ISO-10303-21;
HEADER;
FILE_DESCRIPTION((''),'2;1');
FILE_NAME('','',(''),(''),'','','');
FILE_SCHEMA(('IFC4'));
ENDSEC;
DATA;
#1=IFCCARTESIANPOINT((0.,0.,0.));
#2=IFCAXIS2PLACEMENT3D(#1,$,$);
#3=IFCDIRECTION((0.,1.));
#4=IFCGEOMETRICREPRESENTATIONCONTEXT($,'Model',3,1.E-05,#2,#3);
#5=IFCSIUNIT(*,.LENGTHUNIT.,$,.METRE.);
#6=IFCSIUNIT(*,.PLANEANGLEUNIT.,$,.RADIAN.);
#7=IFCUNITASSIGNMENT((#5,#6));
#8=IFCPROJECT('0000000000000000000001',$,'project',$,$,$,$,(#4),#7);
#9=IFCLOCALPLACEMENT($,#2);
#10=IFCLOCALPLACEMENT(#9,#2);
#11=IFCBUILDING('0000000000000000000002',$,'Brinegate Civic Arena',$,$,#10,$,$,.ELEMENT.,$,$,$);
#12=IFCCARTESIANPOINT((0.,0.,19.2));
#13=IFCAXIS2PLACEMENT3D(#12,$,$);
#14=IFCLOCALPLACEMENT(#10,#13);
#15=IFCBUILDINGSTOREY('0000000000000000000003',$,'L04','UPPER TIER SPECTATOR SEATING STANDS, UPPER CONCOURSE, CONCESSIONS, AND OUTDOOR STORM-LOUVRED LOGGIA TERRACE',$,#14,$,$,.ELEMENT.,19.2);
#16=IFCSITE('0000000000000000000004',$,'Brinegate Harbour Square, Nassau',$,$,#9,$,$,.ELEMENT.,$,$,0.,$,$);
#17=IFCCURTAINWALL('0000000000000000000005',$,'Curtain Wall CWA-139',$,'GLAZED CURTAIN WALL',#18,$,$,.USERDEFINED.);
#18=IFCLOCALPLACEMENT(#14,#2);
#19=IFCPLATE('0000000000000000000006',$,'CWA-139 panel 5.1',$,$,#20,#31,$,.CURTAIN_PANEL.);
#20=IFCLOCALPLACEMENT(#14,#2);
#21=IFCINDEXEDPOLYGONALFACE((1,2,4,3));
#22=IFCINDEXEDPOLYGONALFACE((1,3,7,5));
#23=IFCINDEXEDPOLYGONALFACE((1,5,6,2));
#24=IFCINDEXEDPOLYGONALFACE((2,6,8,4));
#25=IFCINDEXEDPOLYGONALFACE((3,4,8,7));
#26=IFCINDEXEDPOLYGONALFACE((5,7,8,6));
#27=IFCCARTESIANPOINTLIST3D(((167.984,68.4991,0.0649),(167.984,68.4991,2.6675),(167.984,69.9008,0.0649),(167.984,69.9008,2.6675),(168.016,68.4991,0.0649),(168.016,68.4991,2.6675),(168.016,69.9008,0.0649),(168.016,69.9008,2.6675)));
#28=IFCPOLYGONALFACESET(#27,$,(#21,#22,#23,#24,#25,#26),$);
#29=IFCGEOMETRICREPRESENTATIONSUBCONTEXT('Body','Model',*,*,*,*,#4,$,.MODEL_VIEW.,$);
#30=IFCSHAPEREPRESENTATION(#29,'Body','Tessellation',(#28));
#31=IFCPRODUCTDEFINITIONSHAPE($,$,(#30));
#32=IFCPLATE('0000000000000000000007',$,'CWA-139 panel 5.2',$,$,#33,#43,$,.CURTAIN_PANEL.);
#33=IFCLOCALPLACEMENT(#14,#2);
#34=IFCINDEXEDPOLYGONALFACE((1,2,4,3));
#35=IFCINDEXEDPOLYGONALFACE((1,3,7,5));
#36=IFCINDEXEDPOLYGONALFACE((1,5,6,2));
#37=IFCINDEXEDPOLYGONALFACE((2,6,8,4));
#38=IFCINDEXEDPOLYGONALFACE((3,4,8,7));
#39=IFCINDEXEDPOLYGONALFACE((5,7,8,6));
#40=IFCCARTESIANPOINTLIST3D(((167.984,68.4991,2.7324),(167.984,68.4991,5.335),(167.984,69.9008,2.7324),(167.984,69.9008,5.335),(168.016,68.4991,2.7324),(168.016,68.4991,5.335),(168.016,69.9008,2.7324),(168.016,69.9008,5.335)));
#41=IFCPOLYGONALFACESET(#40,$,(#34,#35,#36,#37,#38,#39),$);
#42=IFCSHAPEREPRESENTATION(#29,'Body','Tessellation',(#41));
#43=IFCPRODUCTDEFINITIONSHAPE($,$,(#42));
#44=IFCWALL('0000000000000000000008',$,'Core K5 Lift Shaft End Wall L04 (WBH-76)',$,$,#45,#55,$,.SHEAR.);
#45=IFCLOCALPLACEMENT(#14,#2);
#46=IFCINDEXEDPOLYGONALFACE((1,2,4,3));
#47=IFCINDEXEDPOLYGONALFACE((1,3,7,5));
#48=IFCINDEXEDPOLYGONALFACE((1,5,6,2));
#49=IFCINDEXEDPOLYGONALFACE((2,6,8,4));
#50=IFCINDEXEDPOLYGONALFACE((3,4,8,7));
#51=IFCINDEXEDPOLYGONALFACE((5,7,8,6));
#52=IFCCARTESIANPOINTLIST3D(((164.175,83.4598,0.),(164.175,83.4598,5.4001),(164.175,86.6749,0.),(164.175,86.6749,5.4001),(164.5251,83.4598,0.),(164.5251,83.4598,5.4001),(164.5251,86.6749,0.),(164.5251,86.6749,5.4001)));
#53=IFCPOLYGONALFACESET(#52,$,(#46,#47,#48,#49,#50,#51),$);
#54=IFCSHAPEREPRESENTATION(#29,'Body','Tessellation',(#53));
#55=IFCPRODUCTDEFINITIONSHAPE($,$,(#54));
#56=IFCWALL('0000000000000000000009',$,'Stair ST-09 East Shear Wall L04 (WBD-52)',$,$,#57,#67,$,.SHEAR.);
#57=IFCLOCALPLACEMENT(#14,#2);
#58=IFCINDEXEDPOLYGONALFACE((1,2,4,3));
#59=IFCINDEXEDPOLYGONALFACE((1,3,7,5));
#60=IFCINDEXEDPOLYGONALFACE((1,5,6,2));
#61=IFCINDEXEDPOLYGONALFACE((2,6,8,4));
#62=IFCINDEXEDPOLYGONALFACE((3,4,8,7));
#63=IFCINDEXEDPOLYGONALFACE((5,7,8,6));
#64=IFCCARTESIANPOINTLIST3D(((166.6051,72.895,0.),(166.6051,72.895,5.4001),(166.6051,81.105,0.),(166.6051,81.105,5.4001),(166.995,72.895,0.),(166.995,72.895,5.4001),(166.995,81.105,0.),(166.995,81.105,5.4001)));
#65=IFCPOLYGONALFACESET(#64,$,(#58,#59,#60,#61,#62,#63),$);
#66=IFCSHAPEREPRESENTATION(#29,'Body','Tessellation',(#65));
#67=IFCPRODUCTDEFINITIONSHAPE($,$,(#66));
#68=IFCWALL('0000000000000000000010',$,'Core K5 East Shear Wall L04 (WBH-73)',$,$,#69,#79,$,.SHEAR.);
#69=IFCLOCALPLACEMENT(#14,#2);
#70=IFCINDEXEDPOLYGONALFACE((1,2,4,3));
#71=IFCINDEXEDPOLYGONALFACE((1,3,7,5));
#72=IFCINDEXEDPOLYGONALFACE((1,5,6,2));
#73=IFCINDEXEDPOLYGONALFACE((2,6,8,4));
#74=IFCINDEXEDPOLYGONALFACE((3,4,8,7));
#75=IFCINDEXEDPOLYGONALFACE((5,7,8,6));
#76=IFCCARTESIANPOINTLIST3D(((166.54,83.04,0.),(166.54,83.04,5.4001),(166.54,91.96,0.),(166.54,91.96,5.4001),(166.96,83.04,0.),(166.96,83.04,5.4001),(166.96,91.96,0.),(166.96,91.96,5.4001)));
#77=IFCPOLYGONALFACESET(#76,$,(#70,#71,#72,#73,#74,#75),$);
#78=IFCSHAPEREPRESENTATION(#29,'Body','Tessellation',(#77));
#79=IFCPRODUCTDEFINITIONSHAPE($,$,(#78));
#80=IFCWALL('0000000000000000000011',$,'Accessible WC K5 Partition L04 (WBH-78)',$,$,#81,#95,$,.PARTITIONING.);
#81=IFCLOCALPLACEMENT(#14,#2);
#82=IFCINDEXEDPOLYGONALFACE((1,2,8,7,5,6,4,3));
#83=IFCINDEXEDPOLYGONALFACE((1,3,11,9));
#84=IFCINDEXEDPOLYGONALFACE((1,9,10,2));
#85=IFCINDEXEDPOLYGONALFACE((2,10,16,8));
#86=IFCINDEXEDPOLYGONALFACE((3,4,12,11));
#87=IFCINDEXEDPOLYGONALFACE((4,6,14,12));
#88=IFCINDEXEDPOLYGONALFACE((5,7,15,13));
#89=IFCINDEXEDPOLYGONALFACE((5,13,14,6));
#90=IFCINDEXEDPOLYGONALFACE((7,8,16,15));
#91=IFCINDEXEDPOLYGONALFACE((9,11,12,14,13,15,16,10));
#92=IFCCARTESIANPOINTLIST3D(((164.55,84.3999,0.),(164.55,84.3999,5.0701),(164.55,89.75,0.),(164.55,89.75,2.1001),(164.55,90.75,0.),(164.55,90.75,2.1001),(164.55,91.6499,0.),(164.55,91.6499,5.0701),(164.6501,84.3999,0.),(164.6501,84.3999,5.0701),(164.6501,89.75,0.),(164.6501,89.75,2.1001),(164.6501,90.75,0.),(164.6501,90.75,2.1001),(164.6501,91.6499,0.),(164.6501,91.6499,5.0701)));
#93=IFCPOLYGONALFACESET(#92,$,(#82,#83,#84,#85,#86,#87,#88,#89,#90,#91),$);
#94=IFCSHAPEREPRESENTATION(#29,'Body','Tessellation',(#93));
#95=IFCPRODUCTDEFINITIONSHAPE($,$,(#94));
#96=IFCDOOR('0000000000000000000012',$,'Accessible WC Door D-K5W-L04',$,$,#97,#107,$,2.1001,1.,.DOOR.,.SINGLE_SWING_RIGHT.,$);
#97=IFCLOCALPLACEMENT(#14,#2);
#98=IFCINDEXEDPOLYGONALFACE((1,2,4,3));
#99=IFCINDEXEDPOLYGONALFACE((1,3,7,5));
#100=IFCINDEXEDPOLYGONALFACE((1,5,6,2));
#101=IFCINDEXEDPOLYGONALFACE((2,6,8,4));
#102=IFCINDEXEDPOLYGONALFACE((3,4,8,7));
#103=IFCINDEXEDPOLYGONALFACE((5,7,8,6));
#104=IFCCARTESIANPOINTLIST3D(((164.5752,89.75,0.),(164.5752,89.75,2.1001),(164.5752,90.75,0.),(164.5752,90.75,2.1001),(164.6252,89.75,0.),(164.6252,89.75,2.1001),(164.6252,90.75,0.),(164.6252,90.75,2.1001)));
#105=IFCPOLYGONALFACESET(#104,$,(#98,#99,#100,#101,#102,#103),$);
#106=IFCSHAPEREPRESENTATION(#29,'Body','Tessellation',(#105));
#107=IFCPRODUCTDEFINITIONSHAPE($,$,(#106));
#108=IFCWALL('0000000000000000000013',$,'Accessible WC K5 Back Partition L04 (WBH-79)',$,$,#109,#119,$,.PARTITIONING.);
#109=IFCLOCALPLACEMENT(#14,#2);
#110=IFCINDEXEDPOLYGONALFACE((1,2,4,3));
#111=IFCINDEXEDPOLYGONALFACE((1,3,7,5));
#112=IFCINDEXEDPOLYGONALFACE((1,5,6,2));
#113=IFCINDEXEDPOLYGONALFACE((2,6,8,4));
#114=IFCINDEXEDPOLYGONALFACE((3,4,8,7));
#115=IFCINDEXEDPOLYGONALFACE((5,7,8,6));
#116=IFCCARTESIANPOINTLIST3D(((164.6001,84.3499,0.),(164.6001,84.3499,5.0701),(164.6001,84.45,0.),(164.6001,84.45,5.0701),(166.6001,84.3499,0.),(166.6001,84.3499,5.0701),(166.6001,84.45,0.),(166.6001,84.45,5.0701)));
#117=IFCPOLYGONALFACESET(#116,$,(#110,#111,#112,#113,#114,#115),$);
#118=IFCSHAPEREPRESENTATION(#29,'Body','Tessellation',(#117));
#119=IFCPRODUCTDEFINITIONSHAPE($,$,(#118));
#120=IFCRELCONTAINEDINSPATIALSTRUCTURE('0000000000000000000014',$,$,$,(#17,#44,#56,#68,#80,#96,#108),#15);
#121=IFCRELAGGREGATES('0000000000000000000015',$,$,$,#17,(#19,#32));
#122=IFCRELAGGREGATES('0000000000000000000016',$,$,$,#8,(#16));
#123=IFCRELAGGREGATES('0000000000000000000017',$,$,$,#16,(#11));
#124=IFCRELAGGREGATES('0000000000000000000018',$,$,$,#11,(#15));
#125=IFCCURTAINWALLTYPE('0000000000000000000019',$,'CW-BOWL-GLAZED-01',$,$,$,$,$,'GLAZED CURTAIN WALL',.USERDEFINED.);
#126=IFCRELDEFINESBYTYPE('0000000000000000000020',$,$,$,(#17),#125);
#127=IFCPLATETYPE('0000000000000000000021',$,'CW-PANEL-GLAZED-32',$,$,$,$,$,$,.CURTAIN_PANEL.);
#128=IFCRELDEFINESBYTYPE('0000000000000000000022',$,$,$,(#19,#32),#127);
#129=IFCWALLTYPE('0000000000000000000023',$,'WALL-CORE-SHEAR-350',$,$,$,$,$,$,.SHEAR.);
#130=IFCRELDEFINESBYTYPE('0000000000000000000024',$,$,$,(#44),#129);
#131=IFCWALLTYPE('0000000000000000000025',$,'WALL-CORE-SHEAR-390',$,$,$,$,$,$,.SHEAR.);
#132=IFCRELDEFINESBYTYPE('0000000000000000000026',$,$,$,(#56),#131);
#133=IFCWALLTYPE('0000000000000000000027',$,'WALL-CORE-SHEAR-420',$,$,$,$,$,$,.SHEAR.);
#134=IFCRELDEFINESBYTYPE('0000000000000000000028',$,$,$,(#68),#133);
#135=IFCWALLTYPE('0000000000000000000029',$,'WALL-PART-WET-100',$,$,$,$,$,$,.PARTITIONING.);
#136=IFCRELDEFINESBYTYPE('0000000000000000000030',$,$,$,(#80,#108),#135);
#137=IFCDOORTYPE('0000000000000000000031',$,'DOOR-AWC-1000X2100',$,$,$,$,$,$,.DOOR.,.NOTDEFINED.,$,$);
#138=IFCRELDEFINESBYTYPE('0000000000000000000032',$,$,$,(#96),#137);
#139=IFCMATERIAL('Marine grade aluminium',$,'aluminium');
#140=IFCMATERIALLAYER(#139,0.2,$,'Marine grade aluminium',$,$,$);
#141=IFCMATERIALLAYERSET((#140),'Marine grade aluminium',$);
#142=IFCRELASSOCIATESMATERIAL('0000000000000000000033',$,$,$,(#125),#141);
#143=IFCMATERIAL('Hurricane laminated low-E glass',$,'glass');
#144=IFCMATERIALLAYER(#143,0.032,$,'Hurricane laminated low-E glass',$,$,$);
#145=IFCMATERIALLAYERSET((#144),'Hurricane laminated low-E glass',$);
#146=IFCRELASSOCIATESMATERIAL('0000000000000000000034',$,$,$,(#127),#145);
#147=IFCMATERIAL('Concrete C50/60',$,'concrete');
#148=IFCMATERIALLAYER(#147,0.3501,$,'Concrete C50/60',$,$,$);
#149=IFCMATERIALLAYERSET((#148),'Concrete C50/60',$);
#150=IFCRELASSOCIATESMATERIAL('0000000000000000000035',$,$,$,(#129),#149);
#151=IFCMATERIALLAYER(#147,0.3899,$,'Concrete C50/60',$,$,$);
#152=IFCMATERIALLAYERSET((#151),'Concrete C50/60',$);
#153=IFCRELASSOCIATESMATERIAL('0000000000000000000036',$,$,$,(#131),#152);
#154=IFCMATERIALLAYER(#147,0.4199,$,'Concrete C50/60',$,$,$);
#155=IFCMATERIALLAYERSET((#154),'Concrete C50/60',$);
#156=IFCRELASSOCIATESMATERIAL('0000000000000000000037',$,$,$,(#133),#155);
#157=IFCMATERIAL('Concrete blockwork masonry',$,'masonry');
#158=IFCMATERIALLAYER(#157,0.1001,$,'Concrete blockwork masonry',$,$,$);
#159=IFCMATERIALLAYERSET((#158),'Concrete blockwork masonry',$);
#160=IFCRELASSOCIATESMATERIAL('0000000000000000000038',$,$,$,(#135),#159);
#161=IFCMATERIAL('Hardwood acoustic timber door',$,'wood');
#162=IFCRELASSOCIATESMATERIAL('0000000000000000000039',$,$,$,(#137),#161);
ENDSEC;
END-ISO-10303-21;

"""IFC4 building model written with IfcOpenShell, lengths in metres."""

from ifc_helpers import new_model, si_unit, direction, frame, frame_2d, origin, origin_2d, place, context, subcontext, project, spatial, rectangle, extrude, material, layer, layer_set, type_object, element, fill, aggregate, save


model = new_model("IFC4")

# Units and contexts
model_context = context("Model", 3, precision=1e-05, world=origin(), true_north=direction((0.0, 1.0)))
body_context = subcontext(model_context, "Body", "Model", "MODEL_VIEW")
ifc_project = project(units=[si_unit("LENGTHUNIT", "METRE"), si_unit("PLANEANGLEUNIT", "RADIAN")], contexts=[model_context])

# Site, building, storey
site_placement = place(None, origin())
site = spatial("IfcSite", under=ifc_project, at=site_placement, Name="Brinegate Harbour Square, Nassau", CompositionType="ELEMENT", RefElevation=0.0)
building_placement = place(site_placement, origin())
building = spatial("IfcBuilding", under=site, at=building_placement, Name="Brinegate Civic Arena", CompositionType="ELEMENT")
storey_placement = place(building_placement, frame((0.0, 0.0, 19.2)))
storey = spatial("IfcBuildingStorey", under=building, at=storey_placement, Name="L04", Description="UPPER TIER SPECTATOR SEATING STANDS, UPPER CONCOURSE, CONCESSIONS, AND OUTDOOR STORM-LOUVRED LOGGIA TERRACE", CompositionType="ELEMENT", Elevation=19.2)

# Curtain wall, plates
ifc_material_1 = material(Name="Marine grade aluminium", Category="aluminium")
ifc_layer_1 = layer(ifc_material_1, 0.2, Name="Marine grade aluminium")
ifc_layer_set_1 = layer_set([ifc_layer_1], Name="Marine grade aluminium")
curtain_wall_type = type_object("IfcCurtainWallType", Name="CW-BOWL-GLAZED-01", ElementType="GLAZED CURTAIN WALL", PredefinedType="USERDEFINED", material=ifc_layer_set_1)
curtain_wall_placement = place(storey_placement, origin())
curtain_wall = element("IfcCurtainWall", 1, at=curtain_wall_placement, inside=storey, type_object=curtain_wall_type, Name="Curtain Wall CWA-139", ObjectType="GLAZED CURTAIN WALL", PredefinedType="USERDEFINED")
ifc_material_2 = material(Name="Hurricane laminated low-E glass", Category="glass")
ifc_layer_2 = layer(ifc_material_2, 0.032, Name="Hurricane laminated low-E glass")
ifc_layer_set_2 = layer_set([ifc_layer_2], Name="Hurricane laminated low-E glass")
plate_type = type_object("IfcPlateType", Name="CW-PANEL-GLAZED-32", PredefinedType="CURTAIN_PANEL", material=ifc_layer_set_2)
plate_1_placement = place(storey_placement, frame((168.0, 69.2, 0.0649), z_axis=(0.0, 0.0, 1.0), x_axis=(0.0, 1.0, 0.0)))
plate_1 = element("IfcPlate", 2, at=plate_1_placement, type_object=plate_type, Name="CWA-139 panel 5.1", PredefinedType="CURTAIN_PANEL", context=body_context, shape_type="SweptSolid", body=[
    extrude(rectangle(XDim=1.4016, YDim=0.032, at=origin_2d()), origin(), (0.0, 0.0, 1.0), 2.6025),
])
plate_2_placement = place(storey_placement, frame((168.0, 69.2, 2.7324), z_axis=(0.0, 0.0, 1.0), x_axis=(0.0, 1.0, 0.0)))
plate_2 = element("IfcPlate", 3, at=plate_2_placement, type_object=plate_type, Name="CWA-139 panel 5.2", PredefinedType="CURTAIN_PANEL", context=body_context, shape_type="SweptSolid", body=[
    extrude(rectangle(XDim=1.4016, YDim=0.032, at=origin_2d()), origin(), (0.0, 0.0, 1.0), 2.6025),
])
aggregate(curtain_wall, [plate_1, plate_2])

# Walls
ifc_material_3 = material(Name="Concrete C50/60", Category="concrete")
ifc_layer_3 = layer(ifc_material_3, 0.3501, Name="Concrete C50/60")
ifc_layer_set_3 = layer_set([ifc_layer_3], Name="Concrete C50/60")
wall_type_1 = type_object("IfcWallType", Name="WALL-CORE-SHEAR-350", PredefinedType="SHEAR", material=ifc_layer_set_3)
wall_1_placement = place(storey_placement, frame((164.3501, 83.46, 0.0), z_axis=(0.0, 0.0, 1.0), x_axis=(0.0, 1.0, 0.0)))
element("IfcWall", 4, at=wall_1_placement, inside=storey, type_object=wall_type_1, Name="Core K5 Lift Shaft End Wall L04 (WBH-76)", PredefinedType="SHEAR", context=body_context, shape_type="SweptSolid", body=[
    extrude(rectangle(XDim=3.2151, YDim=0.3501, at=frame_2d((1.6074, 0.0))), origin(), (0.0, 0.0, 1.0), 5.4001),
])
ifc_layer_4 = layer(ifc_material_3, 0.3899, Name="Concrete C50/60")
ifc_layer_set_4 = layer_set([ifc_layer_4], Name="Concrete C50/60")
wall_type_2 = type_object("IfcWallType", Name="WALL-CORE-SHEAR-390", PredefinedType="SHEAR", material=ifc_layer_set_4)
wall_2_placement = place(storey_placement, frame((166.8, 72.895, 0.0), z_axis=(0.0, 0.0, 1.0), x_axis=(0.0, 1.0, 0.0)))
element("IfcWall", 5, at=wall_2_placement, inside=storey, type_object=wall_type_2, Name="Stair ST-09 East Shear Wall L04 (WBD-52)", PredefinedType="SHEAR", context=body_context, shape_type="SweptSolid", body=[
    extrude(rectangle(XDim=8.21, YDim=0.3899, at=frame_2d((4.105, 0.0))), origin(), (0.0, 0.0, 1.0), 5.4001),
])
ifc_layer_5 = layer(ifc_material_3, 0.4199, Name="Concrete C50/60")
ifc_layer_set_5 = layer_set([ifc_layer_5], Name="Concrete C50/60")
wall_type_3 = type_object("IfcWallType", Name="WALL-CORE-SHEAR-420", PredefinedType="SHEAR", material=ifc_layer_set_5)
wall_3_placement = place(storey_placement, frame((166.75, 83.04, 0.0), z_axis=(0.0, 0.0, 1.0), x_axis=(0.0, 1.0, 0.0)))
element("IfcWall", 6, at=wall_3_placement, inside=storey, type_object=wall_type_3, Name="Core K5 East Shear Wall L04 (WBH-73)", PredefinedType="SHEAR", context=body_context, shape_type="SweptSolid", body=[
    extrude(rectangle(XDim=8.9199, YDim=0.4199, at=frame_2d((4.46, 0.0))), origin(), (0.0, 0.0, 1.0), 5.4001),
])

# Wall, opening, door
ifc_material_4 = material(Name="Concrete blockwork masonry", Category="masonry")
ifc_layer_6 = layer(ifc_material_4, 0.1001, Name="Concrete blockwork masonry")
ifc_layer_set_6 = layer_set([ifc_layer_6], Name="Concrete blockwork masonry")
wall_type_4 = type_object("IfcWallType", Name="WALL-PART-WET-100", PredefinedType="PARTITIONING", material=ifc_layer_set_6)
wall_4_placement = place(storey_placement, frame((164.6001, 84.3999, 0.0), z_axis=(0.0, 0.0, 1.0), x_axis=(0.0, 1.0, 0.0)))
wall_4 = element("IfcWall", 7, at=wall_4_placement, inside=storey, type_object=wall_type_4, Name="Accessible WC K5 Partition L04 (WBH-78)", PredefinedType="PARTITIONING", context=body_context, shape_type="SweptSolid", body=[
    extrude(rectangle(XDim=7.25, YDim=0.1001, at=frame_2d((3.625, 0.0))), origin(), (0.0, 0.0, 1.0), 5.0701),
])
opening_placement = place(wall_4_placement, frame((5.3501, 0.0, 0.0)))
opening = element("IfcOpeningElement", 8, at=opening_placement, cuts=wall_4, PredefinedType="OPENING", context=body_context, shape_type="SweptSolid", body=[
    extrude(rectangle(XDim=1.0, YDim=2.1001, at=frame_2d((0.5, 1.05))), frame((0.0, 0.0601, 0.0), z_axis=(0.0, -1.0, 0.0), x_axis=(1.0, 0.0, 0.0)), (0.0, 0.0, 1.0), 0.1201),
])
ifc_material_5 = material(Name="Hardwood acoustic timber door", Category="wood")
door_type = type_object("IfcDoorType", Name="DOOR-AWC-1000X2100", OperationType="NOTDEFINED", PredefinedType="DOOR", material=ifc_material_5)
door_placement = place(opening_placement, origin())
door = element("IfcDoor", 9, at=door_placement, inside=storey, type_object=door_type, Name="Accessible WC Door D-K5W-L04", OperationType="SINGLE_SWING_RIGHT", OverallHeight=2.1001, OverallWidth=1.0, PredefinedType="DOOR", context=body_context, shape_type="SweptSolid", body=[
    extrude(rectangle(XDim=1.0, YDim=2.1001, at=frame_2d((0.5, 1.05))), frame((0.0, 0.0249, 0.0), z_axis=(0.0, -1.0, 0.0), x_axis=(1.0, 0.0, 0.0)), (0.0, 0.0, 1.0), 0.05),
])
fill(opening, door)

# Wall
wall_5_placement = place(storey_placement, frame((164.6001, 84.3999, 0.0), z_axis=(0.0, 0.0, 1.0), x_axis=(1.0, 0.0, 0.0)))
element("IfcWall", 10, at=wall_5_placement, inside=storey, type_object=wall_type_4, Name="Accessible WC K5 Back Partition L04 (WBH-79)", PredefinedType="PARTITIONING", context=body_context, shape_type="SweptSolid", body=[
    extrude(rectangle(XDim=2.0, YDim=0.1001, at=frame_2d((1.0, 0.0))), origin(), (0.0, 0.0, 1.0), 5.0701),
])

save(model, "model.ifc")
